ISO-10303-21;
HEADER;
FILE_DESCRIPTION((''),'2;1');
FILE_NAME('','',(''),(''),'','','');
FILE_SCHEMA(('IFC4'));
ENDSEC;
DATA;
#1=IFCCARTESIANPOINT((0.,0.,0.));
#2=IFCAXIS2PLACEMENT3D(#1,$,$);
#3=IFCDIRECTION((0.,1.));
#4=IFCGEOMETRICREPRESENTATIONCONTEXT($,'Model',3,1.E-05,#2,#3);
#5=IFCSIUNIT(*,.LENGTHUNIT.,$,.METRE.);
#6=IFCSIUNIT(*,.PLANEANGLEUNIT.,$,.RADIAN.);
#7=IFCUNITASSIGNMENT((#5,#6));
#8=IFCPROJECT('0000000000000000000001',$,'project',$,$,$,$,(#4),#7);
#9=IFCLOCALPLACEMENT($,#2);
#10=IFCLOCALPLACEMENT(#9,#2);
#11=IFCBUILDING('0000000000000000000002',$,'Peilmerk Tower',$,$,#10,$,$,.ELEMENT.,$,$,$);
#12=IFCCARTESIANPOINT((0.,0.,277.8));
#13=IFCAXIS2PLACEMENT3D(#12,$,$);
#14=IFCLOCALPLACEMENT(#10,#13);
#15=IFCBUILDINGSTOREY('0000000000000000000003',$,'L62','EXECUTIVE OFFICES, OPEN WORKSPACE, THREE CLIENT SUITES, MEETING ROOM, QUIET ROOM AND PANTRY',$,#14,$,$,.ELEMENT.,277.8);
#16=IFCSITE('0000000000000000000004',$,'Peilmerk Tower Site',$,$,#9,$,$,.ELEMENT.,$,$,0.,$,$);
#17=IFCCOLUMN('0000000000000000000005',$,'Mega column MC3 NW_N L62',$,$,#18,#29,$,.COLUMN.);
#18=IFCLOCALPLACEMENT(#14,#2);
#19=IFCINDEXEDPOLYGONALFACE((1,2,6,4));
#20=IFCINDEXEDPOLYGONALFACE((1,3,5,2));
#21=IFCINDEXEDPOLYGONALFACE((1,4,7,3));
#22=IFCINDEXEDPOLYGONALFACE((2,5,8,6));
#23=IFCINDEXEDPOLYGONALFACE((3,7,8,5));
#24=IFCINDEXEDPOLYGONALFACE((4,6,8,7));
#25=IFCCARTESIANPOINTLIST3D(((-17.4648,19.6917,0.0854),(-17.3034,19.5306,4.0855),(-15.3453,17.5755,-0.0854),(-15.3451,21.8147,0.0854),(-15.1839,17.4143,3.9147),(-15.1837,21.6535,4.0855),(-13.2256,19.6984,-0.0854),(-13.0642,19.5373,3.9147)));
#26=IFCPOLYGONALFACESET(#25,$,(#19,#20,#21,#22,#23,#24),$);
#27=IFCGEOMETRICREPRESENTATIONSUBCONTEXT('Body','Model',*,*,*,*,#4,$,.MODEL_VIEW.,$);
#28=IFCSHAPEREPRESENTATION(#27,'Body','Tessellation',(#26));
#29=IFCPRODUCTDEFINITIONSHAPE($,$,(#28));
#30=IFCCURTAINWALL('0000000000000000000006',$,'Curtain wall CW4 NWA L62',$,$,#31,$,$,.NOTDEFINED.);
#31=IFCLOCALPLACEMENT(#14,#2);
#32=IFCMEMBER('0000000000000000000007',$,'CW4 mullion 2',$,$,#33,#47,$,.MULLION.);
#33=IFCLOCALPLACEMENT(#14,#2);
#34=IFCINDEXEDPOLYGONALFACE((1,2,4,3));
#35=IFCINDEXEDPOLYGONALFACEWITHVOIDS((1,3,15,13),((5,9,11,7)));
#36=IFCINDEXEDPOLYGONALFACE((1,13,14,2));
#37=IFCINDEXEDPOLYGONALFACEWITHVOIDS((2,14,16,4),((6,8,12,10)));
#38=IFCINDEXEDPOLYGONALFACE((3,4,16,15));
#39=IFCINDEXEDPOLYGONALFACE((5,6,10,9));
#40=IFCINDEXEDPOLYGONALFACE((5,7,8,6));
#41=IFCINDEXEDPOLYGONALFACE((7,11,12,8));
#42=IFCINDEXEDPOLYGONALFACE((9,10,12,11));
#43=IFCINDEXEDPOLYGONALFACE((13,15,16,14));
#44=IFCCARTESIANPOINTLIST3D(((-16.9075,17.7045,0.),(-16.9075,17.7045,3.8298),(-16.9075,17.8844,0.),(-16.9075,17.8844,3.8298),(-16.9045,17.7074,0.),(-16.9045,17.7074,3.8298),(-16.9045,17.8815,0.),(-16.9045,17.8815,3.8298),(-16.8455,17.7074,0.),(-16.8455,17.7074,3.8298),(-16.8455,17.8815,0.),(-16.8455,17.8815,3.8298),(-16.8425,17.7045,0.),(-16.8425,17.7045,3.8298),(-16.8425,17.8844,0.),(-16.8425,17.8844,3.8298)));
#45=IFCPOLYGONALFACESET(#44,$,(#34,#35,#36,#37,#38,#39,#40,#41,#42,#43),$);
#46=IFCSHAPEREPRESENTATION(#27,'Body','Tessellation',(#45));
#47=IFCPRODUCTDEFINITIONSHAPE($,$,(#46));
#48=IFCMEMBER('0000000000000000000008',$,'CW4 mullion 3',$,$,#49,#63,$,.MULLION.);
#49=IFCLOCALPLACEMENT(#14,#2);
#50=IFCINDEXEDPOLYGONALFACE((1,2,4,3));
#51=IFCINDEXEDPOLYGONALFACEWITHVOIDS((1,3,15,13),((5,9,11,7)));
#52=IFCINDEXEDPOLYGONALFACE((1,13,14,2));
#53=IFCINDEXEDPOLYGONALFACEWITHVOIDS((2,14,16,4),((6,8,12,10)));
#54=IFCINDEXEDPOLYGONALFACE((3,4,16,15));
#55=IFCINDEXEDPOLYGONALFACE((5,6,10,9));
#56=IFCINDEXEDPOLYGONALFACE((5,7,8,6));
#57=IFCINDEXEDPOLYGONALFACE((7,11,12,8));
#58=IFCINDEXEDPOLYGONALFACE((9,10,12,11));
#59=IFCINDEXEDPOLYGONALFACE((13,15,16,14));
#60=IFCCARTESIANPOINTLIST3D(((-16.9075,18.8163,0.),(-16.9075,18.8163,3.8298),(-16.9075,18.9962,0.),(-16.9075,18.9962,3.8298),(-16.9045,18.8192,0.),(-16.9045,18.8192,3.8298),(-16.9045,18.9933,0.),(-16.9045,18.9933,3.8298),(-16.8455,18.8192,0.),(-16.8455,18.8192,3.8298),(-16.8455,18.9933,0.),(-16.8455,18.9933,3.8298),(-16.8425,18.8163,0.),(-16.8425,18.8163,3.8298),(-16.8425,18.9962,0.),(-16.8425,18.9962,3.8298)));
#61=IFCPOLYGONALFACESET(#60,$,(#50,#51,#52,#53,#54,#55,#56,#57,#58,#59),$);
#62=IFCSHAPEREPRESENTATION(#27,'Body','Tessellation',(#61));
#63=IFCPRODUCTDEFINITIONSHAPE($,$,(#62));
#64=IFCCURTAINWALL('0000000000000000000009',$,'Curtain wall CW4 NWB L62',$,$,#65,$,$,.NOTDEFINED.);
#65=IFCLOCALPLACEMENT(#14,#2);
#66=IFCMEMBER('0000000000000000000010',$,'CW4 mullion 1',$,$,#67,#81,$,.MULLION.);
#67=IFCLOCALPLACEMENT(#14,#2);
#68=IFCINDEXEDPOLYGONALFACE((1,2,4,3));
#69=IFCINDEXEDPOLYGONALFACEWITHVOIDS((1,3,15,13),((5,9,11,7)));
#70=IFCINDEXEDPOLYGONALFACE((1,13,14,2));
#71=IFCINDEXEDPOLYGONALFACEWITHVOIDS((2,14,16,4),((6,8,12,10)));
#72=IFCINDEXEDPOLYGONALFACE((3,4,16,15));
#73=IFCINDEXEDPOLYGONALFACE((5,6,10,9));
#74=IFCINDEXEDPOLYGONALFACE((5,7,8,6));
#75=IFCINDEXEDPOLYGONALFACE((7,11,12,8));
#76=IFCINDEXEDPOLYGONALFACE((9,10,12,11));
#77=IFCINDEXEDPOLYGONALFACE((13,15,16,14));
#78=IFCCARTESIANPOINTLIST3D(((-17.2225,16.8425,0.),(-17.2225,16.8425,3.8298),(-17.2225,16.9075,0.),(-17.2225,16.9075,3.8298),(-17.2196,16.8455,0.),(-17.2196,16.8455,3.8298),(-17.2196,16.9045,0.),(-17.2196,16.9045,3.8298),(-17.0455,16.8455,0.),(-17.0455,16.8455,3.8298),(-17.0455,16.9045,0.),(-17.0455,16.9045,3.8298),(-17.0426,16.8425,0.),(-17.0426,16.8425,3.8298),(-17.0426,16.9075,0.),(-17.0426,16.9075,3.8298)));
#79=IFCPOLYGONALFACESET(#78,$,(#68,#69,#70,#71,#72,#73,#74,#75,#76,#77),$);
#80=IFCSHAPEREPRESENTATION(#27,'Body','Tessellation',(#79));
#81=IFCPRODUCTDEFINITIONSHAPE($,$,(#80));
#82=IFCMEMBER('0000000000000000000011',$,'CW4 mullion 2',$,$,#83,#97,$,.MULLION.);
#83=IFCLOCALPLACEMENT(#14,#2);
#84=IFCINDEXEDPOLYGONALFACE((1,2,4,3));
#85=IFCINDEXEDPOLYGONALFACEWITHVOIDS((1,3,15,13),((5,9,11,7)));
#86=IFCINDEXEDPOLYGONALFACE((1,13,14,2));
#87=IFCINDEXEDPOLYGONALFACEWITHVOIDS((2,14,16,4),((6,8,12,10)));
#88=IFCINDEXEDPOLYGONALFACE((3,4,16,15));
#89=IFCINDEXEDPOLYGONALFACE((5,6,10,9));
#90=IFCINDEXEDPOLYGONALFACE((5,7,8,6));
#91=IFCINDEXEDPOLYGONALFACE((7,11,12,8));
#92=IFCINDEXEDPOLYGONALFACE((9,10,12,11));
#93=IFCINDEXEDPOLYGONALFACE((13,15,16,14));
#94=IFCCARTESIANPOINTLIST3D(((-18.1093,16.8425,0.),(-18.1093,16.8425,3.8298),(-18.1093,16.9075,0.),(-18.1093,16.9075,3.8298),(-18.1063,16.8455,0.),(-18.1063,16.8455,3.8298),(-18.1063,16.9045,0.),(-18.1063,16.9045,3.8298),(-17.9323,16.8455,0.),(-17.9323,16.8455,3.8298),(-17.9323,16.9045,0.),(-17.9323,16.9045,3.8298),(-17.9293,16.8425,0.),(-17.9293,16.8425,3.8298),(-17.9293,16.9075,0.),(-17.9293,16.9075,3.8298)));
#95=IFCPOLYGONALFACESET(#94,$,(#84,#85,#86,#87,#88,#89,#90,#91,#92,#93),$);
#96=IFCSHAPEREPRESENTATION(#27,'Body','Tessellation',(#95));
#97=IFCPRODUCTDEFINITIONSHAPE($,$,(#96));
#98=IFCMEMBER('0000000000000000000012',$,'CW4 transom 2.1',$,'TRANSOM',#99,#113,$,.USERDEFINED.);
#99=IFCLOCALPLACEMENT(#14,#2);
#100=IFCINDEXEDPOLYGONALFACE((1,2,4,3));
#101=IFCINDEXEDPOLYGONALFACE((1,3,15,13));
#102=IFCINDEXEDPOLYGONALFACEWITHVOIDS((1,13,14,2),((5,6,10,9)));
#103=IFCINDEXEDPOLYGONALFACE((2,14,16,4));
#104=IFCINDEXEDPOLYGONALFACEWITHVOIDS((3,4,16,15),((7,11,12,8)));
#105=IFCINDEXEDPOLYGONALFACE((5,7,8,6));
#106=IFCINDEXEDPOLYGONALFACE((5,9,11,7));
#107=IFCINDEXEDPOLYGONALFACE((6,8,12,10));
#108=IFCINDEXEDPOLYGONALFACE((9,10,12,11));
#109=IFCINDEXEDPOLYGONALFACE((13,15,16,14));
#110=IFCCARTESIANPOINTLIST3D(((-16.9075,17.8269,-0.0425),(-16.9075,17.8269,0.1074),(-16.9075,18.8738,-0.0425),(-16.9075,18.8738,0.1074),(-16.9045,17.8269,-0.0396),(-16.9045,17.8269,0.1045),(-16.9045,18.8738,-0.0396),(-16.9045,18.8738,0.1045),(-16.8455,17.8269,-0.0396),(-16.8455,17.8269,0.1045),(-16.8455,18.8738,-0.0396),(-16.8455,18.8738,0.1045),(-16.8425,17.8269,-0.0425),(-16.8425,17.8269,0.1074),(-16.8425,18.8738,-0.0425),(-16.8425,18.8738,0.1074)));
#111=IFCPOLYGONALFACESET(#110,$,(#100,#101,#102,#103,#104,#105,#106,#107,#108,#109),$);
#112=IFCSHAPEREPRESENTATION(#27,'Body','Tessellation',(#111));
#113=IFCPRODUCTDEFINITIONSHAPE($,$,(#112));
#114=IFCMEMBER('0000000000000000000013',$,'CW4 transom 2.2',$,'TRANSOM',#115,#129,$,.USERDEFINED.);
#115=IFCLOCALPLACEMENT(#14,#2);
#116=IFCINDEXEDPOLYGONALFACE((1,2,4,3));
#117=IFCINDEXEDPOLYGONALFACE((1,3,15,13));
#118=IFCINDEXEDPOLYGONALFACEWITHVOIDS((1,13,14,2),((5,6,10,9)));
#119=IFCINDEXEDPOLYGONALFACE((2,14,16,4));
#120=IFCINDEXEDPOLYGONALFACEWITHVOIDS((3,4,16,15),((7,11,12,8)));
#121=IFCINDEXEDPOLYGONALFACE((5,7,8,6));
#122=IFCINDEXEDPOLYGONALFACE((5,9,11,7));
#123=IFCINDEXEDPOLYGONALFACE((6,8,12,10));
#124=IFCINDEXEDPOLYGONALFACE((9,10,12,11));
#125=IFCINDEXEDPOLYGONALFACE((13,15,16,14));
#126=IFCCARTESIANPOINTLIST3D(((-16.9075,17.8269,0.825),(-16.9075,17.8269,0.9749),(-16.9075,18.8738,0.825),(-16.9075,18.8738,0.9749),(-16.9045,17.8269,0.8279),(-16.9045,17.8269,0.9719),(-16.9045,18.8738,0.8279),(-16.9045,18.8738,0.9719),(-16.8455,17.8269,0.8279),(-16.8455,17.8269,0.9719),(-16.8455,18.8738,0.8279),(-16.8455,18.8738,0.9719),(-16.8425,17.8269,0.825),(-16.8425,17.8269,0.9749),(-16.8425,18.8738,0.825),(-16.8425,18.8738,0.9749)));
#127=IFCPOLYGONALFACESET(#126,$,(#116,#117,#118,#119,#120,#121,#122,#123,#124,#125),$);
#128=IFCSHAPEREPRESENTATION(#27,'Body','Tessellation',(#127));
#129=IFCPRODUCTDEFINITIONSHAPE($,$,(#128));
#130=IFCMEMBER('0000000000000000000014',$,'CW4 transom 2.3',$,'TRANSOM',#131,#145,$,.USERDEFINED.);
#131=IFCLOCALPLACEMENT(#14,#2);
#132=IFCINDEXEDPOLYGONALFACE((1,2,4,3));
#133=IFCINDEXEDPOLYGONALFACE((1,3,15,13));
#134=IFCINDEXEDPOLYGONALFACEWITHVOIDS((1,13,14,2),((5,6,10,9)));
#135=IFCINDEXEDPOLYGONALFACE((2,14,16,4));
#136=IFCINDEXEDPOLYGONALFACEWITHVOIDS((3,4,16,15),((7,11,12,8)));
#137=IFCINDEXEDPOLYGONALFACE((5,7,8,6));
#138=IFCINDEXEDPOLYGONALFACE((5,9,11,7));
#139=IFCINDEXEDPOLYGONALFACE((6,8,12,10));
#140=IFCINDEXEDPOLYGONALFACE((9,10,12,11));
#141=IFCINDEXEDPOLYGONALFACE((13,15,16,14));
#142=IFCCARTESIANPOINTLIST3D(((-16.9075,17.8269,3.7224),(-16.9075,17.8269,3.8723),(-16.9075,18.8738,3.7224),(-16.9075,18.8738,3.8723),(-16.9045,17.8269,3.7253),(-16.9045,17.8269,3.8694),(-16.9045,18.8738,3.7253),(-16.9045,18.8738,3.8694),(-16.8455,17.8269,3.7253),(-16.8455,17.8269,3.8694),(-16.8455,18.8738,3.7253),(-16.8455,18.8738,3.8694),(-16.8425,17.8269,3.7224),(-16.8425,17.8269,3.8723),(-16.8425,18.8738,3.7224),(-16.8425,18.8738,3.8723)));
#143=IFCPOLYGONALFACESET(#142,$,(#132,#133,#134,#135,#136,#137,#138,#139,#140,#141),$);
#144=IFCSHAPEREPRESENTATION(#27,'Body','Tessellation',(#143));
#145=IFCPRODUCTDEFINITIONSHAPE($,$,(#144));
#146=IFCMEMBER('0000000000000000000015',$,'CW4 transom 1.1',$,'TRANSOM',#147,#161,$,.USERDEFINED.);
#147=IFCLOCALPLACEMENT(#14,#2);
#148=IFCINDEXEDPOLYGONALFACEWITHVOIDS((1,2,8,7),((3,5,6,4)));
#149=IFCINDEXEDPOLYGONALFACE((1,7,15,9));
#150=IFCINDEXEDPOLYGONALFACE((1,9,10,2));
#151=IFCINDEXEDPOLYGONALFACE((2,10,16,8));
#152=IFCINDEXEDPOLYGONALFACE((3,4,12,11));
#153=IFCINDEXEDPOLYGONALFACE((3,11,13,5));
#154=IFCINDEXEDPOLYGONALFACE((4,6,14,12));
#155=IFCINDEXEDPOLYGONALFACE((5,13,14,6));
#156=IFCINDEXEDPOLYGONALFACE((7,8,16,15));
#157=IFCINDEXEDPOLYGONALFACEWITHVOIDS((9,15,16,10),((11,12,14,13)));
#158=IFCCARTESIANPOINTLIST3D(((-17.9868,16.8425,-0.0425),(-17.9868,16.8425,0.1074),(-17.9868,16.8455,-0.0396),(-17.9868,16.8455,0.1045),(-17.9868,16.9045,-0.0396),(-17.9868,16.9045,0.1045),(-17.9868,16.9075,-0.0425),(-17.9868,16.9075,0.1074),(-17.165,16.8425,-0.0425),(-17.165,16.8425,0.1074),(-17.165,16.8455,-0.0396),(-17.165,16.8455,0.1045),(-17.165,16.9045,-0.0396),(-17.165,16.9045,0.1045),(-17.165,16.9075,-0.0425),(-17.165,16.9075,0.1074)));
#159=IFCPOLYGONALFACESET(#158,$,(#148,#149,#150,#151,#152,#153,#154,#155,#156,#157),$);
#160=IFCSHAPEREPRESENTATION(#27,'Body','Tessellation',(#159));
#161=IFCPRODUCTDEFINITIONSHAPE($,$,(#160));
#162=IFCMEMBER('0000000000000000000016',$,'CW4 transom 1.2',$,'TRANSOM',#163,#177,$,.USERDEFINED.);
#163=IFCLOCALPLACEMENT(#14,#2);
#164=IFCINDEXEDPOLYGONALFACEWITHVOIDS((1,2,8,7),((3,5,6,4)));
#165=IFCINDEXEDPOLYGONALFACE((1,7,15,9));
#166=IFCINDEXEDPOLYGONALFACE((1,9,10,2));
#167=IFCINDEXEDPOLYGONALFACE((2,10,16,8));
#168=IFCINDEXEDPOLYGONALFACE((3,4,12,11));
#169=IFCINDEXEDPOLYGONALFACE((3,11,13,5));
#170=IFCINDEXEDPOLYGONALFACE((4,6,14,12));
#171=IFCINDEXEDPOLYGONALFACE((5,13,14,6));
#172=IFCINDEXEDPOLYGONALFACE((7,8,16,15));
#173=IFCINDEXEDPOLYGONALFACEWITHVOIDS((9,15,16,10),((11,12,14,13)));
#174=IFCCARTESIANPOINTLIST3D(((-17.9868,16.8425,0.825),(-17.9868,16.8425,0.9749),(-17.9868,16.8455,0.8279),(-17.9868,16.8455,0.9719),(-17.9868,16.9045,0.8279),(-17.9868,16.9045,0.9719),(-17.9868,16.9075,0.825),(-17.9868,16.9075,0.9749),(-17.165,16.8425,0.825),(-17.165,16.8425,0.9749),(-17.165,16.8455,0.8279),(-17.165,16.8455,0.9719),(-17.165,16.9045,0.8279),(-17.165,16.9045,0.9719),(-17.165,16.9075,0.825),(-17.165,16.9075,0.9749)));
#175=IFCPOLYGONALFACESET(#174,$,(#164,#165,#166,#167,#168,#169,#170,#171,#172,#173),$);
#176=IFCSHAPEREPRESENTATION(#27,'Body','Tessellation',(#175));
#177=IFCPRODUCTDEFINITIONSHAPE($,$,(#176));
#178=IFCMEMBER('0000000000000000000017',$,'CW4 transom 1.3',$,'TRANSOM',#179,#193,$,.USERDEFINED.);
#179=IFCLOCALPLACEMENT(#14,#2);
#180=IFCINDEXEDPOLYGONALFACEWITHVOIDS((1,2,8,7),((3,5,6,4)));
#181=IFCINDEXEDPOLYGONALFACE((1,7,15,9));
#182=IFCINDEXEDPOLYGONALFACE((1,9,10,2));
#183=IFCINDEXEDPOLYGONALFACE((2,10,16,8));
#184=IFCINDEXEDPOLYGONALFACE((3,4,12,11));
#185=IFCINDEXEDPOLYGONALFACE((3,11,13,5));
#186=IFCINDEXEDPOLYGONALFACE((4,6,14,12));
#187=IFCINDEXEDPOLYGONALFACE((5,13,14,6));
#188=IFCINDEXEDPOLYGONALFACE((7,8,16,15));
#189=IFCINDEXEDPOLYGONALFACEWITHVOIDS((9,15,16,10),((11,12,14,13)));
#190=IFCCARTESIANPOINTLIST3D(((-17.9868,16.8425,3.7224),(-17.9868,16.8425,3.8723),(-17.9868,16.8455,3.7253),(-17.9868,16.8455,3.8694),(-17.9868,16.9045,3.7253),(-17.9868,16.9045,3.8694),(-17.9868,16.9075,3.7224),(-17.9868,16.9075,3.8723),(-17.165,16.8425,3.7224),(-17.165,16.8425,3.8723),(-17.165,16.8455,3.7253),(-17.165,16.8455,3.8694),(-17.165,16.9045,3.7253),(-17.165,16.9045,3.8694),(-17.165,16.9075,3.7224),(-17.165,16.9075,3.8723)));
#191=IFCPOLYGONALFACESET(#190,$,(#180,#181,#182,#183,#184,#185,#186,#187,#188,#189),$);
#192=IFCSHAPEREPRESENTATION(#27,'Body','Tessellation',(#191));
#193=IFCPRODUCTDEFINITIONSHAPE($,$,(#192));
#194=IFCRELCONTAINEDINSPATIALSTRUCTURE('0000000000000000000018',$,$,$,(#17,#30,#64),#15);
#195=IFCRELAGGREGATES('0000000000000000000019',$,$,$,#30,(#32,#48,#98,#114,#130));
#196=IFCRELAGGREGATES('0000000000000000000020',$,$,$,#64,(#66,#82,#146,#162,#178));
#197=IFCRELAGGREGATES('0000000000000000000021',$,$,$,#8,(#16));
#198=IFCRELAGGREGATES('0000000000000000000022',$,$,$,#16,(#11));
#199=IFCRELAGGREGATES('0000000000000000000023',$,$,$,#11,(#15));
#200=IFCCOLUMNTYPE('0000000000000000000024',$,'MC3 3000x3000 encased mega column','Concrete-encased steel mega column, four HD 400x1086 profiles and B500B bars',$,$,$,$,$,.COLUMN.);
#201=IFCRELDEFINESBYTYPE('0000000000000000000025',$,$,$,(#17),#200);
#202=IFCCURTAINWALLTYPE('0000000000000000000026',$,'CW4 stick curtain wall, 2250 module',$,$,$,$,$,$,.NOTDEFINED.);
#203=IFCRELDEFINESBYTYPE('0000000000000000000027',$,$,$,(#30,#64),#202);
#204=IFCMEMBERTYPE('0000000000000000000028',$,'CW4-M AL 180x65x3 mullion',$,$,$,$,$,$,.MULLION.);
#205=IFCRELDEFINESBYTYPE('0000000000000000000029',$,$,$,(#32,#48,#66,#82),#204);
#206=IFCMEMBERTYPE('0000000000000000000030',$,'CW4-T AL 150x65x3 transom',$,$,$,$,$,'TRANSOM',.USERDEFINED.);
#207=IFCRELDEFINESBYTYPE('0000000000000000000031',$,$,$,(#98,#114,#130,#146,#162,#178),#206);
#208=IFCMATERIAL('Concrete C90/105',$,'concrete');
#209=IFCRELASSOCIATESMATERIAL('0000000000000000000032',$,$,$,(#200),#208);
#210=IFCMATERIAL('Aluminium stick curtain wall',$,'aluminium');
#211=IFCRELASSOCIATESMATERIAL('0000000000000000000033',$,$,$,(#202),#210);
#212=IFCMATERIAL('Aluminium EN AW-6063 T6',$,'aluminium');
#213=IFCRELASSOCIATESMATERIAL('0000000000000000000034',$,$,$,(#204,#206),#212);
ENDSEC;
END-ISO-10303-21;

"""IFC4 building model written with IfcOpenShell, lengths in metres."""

from ifc_helpers import new_model, si_unit, direction, frame, origin, origin_2d, place, context, subcontext, project, spatial, rectangle, hollow_rectangle, extrude, material, material_profile, profile_set, type_object, element, aggregate, save


model = new_model("IFC4")

# Units and contexts
model_context = context("Model", 3, precision=1e-05, world=origin(), true_north=direction((0.0, 1.0)))
body_context = subcontext(model_context, "Body", "Model", "MODEL_VIEW")
ifc_project = project(units=[si_unit("LENGTHUNIT", "METRE"), si_unit("PLANEANGLEUNIT", "RADIAN")], contexts=[model_context])

# Site, building, storey
site_placement = place(None, origin())
site = spatial("IfcSite", under=ifc_project, at=site_placement, Name="Peilmerk Tower Site", CompositionType="ELEMENT", RefElevation=0.0)
building_placement = place(site_placement, origin())
building = spatial("IfcBuilding", under=site, at=building_placement, Name="Peilmerk Tower", CompositionType="ELEMENT")
storey_placement = place(building_placement, frame((0.0, 0.0, 277.8)))
storey = spatial("IfcBuildingStorey", under=building, at=storey_placement, Name="L62", Description="EXECUTIVE OFFICES, OPEN WORKSPACE, THREE CLIENT SUITES, MEETING ROOM, QUIET ROOM AND PANTRY", CompositionType="ELEMENT", Elevation=277.8)

# Column
ifc_material_1 = material(Name="Concrete C90/105", Category="concrete")
ifc_material_profile_1 = material_profile(ifc_material_1, rectangle(XDim=3.0, YDim=3.0, at=origin_2d()), Name="RC 3000x3000")
ifc_profile_set_1 = profile_set([ifc_material_profile_1], Name="Concrete C90/105")
column_type = type_object("IfcColumnType", Name="MC3 3000x3000 encased mega column", Description="Concrete-encased steel mega column, four HD 400x1086 profiles and B500B bars", PredefinedType="COLUMN", material=ifc_profile_set_1)
column_placement = place(storey_placement, frame((-15.3452, 19.6951, 0.0), z_axis=(0.040279, -0.040218, 0.998379), x_axis=(0.706571, 0.707642, 0.0)))
element("IfcColumn", 1, at=column_placement, inside=storey, type_object=column_type, Name="Mega column MC3 NW_N L62", PredefinedType="COLUMN", context=body_context, shape_type="SweptSolid", body=[
    extrude(rectangle(XDim=3.0, YDim=3.0, at=origin_2d()), origin(), (0.0, 0.0, 1.0), 4.0066),
])

# Curtain walls, members
ifc_material_2 = material(Name="Aluminium stick curtain wall", Category="aluminium")
curtain_wall_type = type_object("IfcCurtainWallType", Name="CW4 stick curtain wall, 2250 module", PredefinedType="NOTDEFINED", material=ifc_material_2)
curtain_wall_1_placement = place(storey_placement, origin())
curtain_wall_1 = element("IfcCurtainWall", 2, at=curtain_wall_1_placement, inside=storey, type_object=curtain_wall_type, Name="Curtain wall CW4 NWA L62", PredefinedType="NOTDEFINED")
ifc_material_3 = material(Name="Aluminium EN AW-6063 T6", Category="aluminium")
ifc_material_profile_2 = material_profile(ifc_material_3, hollow_rectangle(XDim=0.0649, YDim=0.1799, WallThickness=0.0029, at=origin_2d()), Name="AL 180x65x3")
ifc_profile_set_2 = profile_set([ifc_material_profile_2], Name="Aluminium EN AW-6063 T6")
member_type_1 = type_object("IfcMemberType", Name="CW4-M AL 180x65x3 mullion", PredefinedType="MULLION", material=ifc_profile_set_2)
member_1_placement = place(storey_placement, frame((-16.875, 17.7944, 0.0), z_axis=(0.0, 0.0, 1.0), x_axis=(-1.0, 0.0, 0.0)))
member_1 = element("IfcMember", 3, at=member_1_placement, type_object=member_type_1, Name="CW4 mullion 2", PredefinedType="MULLION", context=body_context, shape_type="SweptSolid", body=[
    extrude(hollow_rectangle(XDim=0.0649, YDim=0.1799, WallThickness=0.0029, at=origin_2d()), origin(), (0.0, 0.0, 1.0), 3.8298),
])
member_2_placement = place(storey_placement, frame((-16.875, 18.9062, 0.0), z_axis=(0.0, 0.0, 1.0), x_axis=(-1.0, 0.0, 0.0)))
member_2 = element("IfcMember", 4, at=member_2_placement, type_object=member_type_1, Name="CW4 mullion 3", PredefinedType="MULLION", context=body_context, shape_type="SweptSolid", body=[
    extrude(hollow_rectangle(XDim=0.0649, YDim=0.1799, WallThickness=0.0029, at=origin_2d()), origin(), (0.0, 0.0, 1.0), 3.8298),
])
curtain_wall_2_placement = place(storey_placement, origin())
curtain_wall_2 = element("IfcCurtainWall", 5, at=curtain_wall_2_placement, inside=storey, type_object=curtain_wall_type, Name="Curtain wall CW4 NWB L62", PredefinedType="NOTDEFINED")
member_3_placement = place(storey_placement, frame((-17.1326, 16.875, 0.0), z_axis=(0.0, 0.0, 1.0), x_axis=(0.0, -1.0, 0.0)))
member_3 = element("IfcMember", 6, at=member_3_placement, type_object=member_type_1, Name="CW4 mullion 1", PredefinedType="MULLION", context=body_context, shape_type="SweptSolid", body=[
    extrude(hollow_rectangle(XDim=0.0649, YDim=0.1799, WallThickness=0.0029, at=origin_2d()), origin(), (0.0, 0.0, 1.0), 3.8298),
])
member_4_placement = place(storey_placement, frame((-18.0193, 16.875, 0.0), z_axis=(0.0, 0.0, 1.0), x_axis=(0.0, -1.0, 0.0)))
member_4 = element("IfcMember", 7, at=member_4_placement, type_object=member_type_1, Name="CW4 mullion 2", PredefinedType="MULLION", context=body_context, shape_type="SweptSolid", body=[
    extrude(hollow_rectangle(XDim=0.0649, YDim=0.1799, WallThickness=0.0029, at=origin_2d()), origin(), (0.0, 0.0, 1.0), 3.8298),
])

# Members
ifc_material_profile_3 = material_profile(ifc_material_3, hollow_rectangle(XDim=0.0649, YDim=0.1499, WallThickness=0.0029, at=origin_2d()), Name="AL 150x65x3")
ifc_profile_set_3 = profile_set([ifc_material_profile_3], Name="Aluminium EN AW-6063 T6")
member_type_2 = type_object("IfcMemberType", Name="CW4-T AL 150x65x3 transom", ElementType="TRANSOM", PredefinedType="USERDEFINED", material=ifc_profile_set_3)
member_5_placement = place(storey_placement, frame((-16.875, 17.8269, 0.0325), z_axis=(0.0, 1.0, 0.0), x_axis=(-1.0, 0.0, 0.0)))
member_5 = element("IfcMember", 8, at=member_5_placement, type_object=member_type_2, Name="CW4 transom 2.1", ObjectType="TRANSOM", PredefinedType="USERDEFINED", context=body_context, shape_type="SweptSolid", body=[
    extrude(hollow_rectangle(XDim=0.0649, YDim=0.1499, WallThickness=0.0029, at=origin_2d()), origin(), (0.0, 0.0, 1.0), 1.0469),
])
member_6_placement = place(storey_placement, frame((-16.875, 17.8269, 0.8999), z_axis=(0.0, 1.0, 0.0), x_axis=(-1.0, 0.0, 0.0)))
member_6 = element("IfcMember", 9, at=member_6_placement, type_object=member_type_2, Name="CW4 transom 2.2", ObjectType="TRANSOM", PredefinedType="USERDEFINED", context=body_context, shape_type="SweptSolid", body=[
    extrude(hollow_rectangle(XDim=0.0649, YDim=0.1499, WallThickness=0.0029, at=origin_2d()), origin(), (0.0, 0.0, 1.0), 1.0469),
])
member_7_placement = place(storey_placement, frame((-16.875, 17.8269, 3.7974), z_axis=(0.0, 1.0, 0.0), x_axis=(-1.0, 0.0, 0.0)))
member_7 = element("IfcMember", 10, at=member_7_placement, type_object=member_type_2, Name="CW4 transom 2.3", ObjectType="TRANSOM", PredefinedType="USERDEFINED", context=body_context, shape_type="SweptSolid", body=[
    extrude(hollow_rectangle(XDim=0.0649, YDim=0.1499, WallThickness=0.0029, at=origin_2d()), origin(), (0.0, 0.0, 1.0), 1.0469),
])
member_8_placement = place(storey_placement, frame((-17.165, 16.875, 0.0325), z_axis=(-1.0, 0.0, 0.0), x_axis=(0.0, -1.0, 0.0)))
member_8 = element("IfcMember", 11, at=member_8_placement, type_object=member_type_2, Name="CW4 transom 1.1", ObjectType="TRANSOM", PredefinedType="USERDEFINED", context=body_context, shape_type="SweptSolid", body=[
    extrude(hollow_rectangle(XDim=0.0649, YDim=0.1499, WallThickness=0.0029, at=origin_2d()), origin(), (0.0, 0.0, 1.0), 0.8218),
])
member_9_placement = place(storey_placement, frame((-17.165, 16.875, 0.8999), z_axis=(-1.0, 0.0, 0.0), x_axis=(0.0, -1.0, 0.0)))
member_9 = element("IfcMember", 12, at=member_9_placement, type_object=member_type_2, Name="CW4 transom 1.2", ObjectType="TRANSOM", PredefinedType="USERDEFINED", context=body_context, shape_type="SweptSolid", body=[
    extrude(hollow_rectangle(XDim=0.0649, YDim=0.1499, WallThickness=0.0029, at=origin_2d()), origin(), (0.0, 0.0, 1.0), 0.8218),
])
member_10_placement = place(storey_placement, frame((-17.165, 16.875, 3.7974), z_axis=(-1.0, 0.0, 0.0), x_axis=(0.0, -1.0, 0.0)))
member_10 = element("IfcMember", 13, at=member_10_placement, type_object=member_type_2, Name="CW4 transom 1.3", ObjectType="TRANSOM", PredefinedType="USERDEFINED", context=body_context, shape_type="SweptSolid", body=[
    extrude(hollow_rectangle(XDim=0.0649, YDim=0.1499, WallThickness=0.0029, at=origin_2d()), origin(), (0.0, 0.0, 1.0), 0.8218),
])

aggregate(curtain_wall_1, [member_1, member_2, member_5, member_6, member_7])
aggregate(curtain_wall_2, [member_3, member_4, member_8, member_9, member_10])

save(model, "model.ifc")
